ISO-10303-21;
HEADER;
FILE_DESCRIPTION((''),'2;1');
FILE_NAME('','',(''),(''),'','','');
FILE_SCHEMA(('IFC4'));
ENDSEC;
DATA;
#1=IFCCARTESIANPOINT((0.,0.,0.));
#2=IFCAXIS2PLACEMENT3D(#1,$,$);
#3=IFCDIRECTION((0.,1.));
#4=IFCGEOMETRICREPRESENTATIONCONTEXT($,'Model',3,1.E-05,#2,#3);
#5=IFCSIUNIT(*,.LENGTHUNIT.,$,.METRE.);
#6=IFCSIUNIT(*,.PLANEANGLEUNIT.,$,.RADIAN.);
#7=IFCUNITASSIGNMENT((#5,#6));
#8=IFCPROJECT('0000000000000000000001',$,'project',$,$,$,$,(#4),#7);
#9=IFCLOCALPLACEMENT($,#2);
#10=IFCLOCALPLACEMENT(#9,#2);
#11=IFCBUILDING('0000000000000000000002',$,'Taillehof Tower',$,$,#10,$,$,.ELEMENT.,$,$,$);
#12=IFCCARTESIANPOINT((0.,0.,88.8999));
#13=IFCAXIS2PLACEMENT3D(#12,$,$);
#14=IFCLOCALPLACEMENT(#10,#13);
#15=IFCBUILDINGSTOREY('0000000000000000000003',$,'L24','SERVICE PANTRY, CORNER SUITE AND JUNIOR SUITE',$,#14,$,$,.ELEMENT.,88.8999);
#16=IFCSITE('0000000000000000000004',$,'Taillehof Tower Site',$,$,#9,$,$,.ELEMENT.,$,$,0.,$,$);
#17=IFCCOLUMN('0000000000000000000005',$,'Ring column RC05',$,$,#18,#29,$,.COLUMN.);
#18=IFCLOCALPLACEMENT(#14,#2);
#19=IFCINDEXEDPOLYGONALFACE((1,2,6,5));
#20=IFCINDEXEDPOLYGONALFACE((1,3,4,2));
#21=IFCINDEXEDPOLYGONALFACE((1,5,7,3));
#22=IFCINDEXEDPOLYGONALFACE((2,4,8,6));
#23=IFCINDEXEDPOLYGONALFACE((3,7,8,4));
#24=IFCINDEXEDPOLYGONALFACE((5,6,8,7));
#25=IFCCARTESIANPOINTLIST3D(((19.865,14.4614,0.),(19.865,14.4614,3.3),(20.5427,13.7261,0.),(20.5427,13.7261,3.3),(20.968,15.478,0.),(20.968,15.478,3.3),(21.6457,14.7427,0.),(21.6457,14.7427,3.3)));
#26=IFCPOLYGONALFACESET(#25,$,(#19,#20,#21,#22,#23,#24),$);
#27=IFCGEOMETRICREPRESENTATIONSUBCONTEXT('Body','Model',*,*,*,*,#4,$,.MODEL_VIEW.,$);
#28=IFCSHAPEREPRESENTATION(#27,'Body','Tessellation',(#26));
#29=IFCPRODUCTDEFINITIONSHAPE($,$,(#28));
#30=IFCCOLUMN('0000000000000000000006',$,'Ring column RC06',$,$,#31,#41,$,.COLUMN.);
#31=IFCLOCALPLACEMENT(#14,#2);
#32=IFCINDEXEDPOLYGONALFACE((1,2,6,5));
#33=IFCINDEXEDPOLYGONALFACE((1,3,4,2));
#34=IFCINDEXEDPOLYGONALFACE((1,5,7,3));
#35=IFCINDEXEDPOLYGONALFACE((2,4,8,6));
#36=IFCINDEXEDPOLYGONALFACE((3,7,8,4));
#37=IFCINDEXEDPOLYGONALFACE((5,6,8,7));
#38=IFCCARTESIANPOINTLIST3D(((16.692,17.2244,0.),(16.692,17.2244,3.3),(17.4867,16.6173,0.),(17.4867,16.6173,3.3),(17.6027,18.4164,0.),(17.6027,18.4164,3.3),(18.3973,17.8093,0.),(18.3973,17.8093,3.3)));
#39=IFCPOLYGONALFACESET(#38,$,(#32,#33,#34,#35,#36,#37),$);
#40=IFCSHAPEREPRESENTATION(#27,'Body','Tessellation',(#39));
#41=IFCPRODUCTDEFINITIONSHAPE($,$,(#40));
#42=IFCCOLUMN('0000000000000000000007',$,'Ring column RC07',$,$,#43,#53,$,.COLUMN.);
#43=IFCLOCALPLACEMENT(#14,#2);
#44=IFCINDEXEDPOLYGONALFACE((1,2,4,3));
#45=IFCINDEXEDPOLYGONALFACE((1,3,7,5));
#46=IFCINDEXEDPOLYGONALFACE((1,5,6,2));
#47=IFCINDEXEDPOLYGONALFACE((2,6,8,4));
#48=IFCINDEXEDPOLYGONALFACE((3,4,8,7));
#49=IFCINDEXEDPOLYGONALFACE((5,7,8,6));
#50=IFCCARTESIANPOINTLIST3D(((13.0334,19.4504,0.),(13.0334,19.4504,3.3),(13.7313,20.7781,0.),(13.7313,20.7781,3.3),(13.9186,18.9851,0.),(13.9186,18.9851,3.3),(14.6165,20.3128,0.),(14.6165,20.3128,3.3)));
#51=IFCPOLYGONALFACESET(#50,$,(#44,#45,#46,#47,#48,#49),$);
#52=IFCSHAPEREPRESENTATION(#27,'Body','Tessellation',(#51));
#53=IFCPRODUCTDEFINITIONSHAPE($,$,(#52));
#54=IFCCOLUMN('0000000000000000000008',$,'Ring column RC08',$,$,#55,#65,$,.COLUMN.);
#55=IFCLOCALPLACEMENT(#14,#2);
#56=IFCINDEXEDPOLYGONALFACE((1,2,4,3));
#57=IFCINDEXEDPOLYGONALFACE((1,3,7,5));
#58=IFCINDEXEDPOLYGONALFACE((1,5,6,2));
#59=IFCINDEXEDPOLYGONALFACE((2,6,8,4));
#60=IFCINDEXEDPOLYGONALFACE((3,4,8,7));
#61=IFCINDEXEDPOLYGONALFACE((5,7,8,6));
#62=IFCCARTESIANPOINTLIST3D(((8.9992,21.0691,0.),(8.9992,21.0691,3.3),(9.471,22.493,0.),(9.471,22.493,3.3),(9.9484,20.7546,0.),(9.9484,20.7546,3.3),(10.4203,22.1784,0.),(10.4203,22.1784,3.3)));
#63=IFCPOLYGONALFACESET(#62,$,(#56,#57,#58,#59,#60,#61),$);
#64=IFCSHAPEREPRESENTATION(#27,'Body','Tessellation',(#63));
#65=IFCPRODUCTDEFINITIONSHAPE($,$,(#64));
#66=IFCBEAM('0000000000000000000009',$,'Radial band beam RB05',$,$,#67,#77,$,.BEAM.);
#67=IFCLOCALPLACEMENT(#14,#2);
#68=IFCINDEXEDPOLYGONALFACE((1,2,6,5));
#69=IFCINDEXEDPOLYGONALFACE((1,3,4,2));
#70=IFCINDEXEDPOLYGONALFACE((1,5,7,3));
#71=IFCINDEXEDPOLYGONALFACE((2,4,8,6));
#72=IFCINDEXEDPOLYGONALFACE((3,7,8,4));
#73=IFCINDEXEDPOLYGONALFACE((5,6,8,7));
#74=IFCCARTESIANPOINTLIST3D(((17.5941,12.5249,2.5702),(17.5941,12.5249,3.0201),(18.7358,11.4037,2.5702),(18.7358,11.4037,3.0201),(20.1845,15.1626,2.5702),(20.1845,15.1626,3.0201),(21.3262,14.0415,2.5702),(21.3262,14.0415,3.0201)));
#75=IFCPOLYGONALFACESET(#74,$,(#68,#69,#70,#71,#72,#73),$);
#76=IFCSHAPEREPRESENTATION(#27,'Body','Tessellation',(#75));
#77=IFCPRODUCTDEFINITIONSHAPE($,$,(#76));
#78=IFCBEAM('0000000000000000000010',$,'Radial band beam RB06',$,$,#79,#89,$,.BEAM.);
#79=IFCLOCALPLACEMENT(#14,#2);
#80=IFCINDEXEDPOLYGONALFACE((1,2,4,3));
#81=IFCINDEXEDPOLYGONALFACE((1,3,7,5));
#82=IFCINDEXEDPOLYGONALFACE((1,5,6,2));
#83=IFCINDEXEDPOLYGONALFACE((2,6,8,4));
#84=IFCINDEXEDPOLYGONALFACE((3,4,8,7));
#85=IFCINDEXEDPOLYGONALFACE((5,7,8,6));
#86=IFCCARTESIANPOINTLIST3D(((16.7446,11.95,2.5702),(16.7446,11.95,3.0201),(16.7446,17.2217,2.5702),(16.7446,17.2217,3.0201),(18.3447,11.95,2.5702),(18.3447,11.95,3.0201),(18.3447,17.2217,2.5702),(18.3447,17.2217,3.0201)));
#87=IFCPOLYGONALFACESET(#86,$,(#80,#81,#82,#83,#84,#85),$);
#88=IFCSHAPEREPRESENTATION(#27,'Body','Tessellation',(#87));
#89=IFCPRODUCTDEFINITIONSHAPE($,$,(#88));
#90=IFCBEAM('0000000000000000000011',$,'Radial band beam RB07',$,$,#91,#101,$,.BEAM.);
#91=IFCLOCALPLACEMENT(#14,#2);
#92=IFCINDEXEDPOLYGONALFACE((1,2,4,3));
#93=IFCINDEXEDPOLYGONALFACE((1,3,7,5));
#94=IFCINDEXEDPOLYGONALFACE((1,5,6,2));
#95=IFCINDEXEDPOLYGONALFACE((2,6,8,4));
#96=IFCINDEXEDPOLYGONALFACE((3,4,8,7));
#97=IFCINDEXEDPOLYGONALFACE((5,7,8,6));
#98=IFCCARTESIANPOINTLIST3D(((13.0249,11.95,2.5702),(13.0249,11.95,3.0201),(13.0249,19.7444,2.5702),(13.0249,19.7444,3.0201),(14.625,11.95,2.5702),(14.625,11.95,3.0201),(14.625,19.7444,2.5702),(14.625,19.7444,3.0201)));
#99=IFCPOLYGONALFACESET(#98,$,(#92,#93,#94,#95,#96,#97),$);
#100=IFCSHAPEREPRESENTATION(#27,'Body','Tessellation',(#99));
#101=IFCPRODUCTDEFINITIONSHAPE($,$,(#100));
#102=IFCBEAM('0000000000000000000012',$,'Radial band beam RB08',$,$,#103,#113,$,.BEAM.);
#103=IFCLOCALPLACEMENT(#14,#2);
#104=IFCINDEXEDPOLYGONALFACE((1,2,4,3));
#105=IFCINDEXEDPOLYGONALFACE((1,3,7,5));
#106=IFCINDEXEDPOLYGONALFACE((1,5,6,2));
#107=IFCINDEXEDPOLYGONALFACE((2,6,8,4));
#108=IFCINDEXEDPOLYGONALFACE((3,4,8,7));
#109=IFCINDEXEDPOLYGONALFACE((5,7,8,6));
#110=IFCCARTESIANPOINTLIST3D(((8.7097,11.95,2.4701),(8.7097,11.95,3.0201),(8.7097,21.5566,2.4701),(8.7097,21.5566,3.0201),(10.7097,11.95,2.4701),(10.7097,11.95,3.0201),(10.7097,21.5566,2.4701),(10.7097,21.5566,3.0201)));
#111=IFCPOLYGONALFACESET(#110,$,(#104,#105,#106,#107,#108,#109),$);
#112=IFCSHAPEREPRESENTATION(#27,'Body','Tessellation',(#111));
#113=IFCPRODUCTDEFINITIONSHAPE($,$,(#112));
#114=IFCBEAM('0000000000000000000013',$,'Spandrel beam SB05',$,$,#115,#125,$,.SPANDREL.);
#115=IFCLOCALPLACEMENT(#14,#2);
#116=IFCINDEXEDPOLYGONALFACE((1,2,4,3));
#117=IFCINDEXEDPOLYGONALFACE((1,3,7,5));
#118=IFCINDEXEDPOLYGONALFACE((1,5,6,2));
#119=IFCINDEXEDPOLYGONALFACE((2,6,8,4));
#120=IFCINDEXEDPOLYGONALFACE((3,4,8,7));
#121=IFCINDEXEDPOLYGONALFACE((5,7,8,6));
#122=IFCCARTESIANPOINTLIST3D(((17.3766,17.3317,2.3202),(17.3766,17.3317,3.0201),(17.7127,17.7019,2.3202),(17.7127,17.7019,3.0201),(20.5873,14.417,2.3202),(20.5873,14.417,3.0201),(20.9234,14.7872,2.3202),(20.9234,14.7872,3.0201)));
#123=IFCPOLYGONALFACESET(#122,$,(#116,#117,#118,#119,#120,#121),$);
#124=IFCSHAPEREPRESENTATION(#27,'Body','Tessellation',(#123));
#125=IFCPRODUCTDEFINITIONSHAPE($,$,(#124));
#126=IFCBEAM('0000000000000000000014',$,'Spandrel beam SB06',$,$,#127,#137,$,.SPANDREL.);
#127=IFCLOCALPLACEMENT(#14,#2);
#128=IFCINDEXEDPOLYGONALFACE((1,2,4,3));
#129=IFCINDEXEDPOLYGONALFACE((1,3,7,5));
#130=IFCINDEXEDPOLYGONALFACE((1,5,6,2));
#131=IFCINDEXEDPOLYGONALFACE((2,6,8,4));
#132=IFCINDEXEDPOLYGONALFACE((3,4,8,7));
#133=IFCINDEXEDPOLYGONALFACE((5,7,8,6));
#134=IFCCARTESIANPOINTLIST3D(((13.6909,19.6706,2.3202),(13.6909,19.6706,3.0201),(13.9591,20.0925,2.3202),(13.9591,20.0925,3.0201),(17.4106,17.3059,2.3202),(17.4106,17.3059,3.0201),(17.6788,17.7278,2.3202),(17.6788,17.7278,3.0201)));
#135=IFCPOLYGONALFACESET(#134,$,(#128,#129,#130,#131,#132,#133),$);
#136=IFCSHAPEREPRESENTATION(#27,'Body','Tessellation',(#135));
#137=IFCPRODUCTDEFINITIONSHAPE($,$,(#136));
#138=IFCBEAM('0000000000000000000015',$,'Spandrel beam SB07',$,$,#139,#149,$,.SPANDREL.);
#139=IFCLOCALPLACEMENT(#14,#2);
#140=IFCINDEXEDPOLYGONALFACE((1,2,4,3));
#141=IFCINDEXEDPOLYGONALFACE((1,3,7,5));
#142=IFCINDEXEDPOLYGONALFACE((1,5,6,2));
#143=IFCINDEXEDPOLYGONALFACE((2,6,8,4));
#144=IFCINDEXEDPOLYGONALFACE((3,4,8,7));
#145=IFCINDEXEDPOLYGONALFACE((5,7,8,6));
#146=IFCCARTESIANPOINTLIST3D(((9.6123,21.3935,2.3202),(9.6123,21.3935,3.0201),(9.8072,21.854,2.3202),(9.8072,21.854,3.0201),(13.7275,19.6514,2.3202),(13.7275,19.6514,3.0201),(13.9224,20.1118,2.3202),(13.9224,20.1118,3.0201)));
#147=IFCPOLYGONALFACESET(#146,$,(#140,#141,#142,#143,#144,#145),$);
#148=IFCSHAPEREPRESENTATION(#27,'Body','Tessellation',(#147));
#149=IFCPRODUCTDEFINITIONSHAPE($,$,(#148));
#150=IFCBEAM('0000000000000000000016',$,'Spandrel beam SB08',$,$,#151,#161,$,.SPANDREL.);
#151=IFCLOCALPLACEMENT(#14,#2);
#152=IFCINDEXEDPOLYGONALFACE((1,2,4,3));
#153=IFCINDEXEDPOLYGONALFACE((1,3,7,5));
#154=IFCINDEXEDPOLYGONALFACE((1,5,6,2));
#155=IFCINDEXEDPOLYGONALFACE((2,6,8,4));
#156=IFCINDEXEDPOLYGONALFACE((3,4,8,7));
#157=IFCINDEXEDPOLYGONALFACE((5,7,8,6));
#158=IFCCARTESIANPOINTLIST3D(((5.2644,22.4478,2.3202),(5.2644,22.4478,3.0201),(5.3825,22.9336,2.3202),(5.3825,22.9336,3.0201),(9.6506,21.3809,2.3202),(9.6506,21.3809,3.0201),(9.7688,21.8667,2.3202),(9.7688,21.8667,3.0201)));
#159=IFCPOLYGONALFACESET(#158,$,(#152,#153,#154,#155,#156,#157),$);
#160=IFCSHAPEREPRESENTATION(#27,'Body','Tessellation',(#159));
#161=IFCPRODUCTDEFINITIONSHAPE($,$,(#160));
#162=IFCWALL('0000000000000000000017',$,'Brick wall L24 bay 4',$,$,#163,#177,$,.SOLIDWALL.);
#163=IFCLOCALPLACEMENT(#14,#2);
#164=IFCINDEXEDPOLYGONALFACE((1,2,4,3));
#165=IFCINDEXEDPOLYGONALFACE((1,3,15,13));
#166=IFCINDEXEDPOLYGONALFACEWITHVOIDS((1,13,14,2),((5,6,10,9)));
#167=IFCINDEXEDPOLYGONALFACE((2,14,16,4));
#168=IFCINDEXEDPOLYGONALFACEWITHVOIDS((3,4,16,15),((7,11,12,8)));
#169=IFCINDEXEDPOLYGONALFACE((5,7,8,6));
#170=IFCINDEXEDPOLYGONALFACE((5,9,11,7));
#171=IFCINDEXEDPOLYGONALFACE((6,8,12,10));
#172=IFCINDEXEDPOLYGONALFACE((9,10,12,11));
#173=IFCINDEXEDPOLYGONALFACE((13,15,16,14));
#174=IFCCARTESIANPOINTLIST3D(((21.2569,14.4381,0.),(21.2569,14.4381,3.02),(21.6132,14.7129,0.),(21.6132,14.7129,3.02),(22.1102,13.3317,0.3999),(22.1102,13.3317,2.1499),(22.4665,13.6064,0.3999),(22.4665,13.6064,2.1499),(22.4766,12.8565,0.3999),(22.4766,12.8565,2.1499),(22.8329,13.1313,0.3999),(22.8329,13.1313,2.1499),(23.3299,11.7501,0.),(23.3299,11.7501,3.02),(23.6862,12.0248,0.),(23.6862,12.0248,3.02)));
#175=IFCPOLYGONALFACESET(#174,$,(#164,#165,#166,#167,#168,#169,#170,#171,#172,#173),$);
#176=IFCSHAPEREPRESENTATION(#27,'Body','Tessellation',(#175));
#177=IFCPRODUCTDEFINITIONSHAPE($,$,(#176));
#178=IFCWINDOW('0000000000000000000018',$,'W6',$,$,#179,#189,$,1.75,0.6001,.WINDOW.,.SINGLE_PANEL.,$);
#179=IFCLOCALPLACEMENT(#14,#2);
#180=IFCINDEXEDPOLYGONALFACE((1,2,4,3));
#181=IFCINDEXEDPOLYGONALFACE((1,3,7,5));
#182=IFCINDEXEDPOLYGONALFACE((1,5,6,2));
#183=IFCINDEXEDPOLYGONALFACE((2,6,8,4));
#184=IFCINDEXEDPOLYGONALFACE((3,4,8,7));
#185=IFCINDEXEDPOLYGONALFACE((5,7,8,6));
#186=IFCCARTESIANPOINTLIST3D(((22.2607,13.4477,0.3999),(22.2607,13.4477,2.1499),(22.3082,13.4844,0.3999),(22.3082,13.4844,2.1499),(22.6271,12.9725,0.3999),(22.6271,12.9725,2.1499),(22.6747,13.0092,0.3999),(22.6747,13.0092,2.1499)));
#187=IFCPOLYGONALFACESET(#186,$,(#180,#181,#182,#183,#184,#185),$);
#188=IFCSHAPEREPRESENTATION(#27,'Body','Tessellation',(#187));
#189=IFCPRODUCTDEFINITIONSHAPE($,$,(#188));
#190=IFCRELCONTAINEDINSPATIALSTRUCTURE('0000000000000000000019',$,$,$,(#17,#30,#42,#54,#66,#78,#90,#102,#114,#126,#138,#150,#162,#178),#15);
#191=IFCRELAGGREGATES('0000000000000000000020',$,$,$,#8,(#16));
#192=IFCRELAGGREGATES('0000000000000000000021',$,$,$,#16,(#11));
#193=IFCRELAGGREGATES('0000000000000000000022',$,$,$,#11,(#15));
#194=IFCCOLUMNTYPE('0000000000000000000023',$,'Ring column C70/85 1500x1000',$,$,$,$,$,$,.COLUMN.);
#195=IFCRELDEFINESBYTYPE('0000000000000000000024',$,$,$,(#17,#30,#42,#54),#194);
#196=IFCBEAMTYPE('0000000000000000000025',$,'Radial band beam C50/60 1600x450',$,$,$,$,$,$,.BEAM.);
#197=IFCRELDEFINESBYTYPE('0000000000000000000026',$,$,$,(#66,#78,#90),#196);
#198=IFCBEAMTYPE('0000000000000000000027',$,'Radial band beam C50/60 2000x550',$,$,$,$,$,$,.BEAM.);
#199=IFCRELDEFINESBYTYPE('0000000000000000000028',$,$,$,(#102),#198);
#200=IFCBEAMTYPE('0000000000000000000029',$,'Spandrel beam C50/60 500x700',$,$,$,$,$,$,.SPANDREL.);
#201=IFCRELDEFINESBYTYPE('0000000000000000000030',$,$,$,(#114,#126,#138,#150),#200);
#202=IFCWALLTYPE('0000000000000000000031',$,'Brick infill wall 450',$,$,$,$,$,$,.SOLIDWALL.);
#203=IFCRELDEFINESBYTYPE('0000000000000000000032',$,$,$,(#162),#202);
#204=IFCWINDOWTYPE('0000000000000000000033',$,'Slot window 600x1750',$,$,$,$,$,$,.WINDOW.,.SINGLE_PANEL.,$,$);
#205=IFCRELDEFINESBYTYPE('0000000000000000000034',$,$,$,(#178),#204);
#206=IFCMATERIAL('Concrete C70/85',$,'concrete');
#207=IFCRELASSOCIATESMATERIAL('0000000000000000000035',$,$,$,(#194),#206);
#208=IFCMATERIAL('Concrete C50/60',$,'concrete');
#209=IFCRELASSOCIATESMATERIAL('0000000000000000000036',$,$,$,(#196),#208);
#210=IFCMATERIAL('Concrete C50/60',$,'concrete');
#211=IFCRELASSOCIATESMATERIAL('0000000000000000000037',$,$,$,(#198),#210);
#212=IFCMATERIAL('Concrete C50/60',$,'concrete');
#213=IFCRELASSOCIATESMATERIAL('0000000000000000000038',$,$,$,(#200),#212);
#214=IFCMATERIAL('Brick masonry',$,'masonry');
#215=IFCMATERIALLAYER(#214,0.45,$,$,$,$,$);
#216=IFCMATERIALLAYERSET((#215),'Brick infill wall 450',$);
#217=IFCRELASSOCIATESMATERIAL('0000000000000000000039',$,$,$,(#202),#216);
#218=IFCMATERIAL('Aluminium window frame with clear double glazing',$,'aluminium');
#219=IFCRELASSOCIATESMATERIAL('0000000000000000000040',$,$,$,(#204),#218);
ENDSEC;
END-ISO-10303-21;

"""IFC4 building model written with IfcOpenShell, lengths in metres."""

from ifc_helpers import new_model, si_unit, direction, frame, frame_2d, origin, origin_2d, place, context, subcontext, project, spatial, rectangle, extrude, material, layer, layer_set, material_profile, profile_set, type_object, element, fill, save


model = new_model("IFC4")

# Units and contexts
model_context = context("Model", 3, precision=1e-05, world=origin(), true_north=direction((0.0, 1.0)))
body_context = subcontext(model_context, "Body", "Model", "MODEL_VIEW")
ifc_project = project(units=[si_unit("LENGTHUNIT", "METRE"), si_unit("PLANEANGLEUNIT", "RADIAN")], contexts=[model_context])

# Site, building, storey
site_placement = place(None, origin())
site = spatial("IfcSite", under=ifc_project, at=site_placement, Name="Taillehof Tower Site", CompositionType="ELEMENT", RefElevation=0.0)
building_placement = place(site_placement, origin())
building = spatial("IfcBuilding", under=site, at=building_placement, Name="Taillehof Tower", CompositionType="ELEMENT")
storey_placement = place(building_placement, frame((0.0, 0.0, 88.8999)))
storey = spatial("IfcBuildingStorey", under=building, at=storey_placement, Name="L24", Description="SERVICE PANTRY, CORNER SUITE AND JUNIOR SUITE", CompositionType="ELEMENT", Elevation=88.8999)

# Columns
ifc_material_1 = material(Name="Concrete C70/85", Category="concrete")
ifc_material_profile_1 = material_profile(ifc_material_1, rectangle(XDim=1.5, YDim=1.0, at=origin_2d()), Name="RC 1500x1000")
ifc_profile_set_1 = profile_set([ifc_material_profile_1], Name="Concrete C70/85")
column_type = type_object("IfcColumnType", Name="Ring column C70/85 1500x1000", PredefinedType="COLUMN", material=ifc_profile_set_1)
for number, where, z_axis, x_axis, name in (
    (1, (20.7554, 14.6021, 0.0), (0.0, 0.0, 1.0), (0.735332, 0.677707, 0.0), "Ring column RC05"),
    (2, (17.5447, 17.5168, 0.0), (0.0, 0.0, 1.0), (0.607074, 0.794645, 0.0), "Ring column RC06"),
    (3, (13.825, 19.8816, 0.0), (0.0, 0.0, 1.0), (0.465283, 0.885162, 0.0), "Ring column RC07"),
    (4, (9.7097, 21.6238, 0.0), (0.0, 0.0, 1.0), (0.314555, 0.949239, 0.0), "Ring column RC08"),
):
    element("IfcColumn", number, at=place(storey_placement, frame(where, z_axis=z_axis, x_axis=x_axis)), inside=storey, type_object=column_type, Name=name, PredefinedType="COLUMN", context=body_context, shape_type="SweptSolid", body=[
        extrude(rectangle(XDim=1.5, YDim=1.0, at=origin_2d()), origin(), (0.0, 0.0, 1.0), 3.3),
    ])

# Beams
ifc_material_2 = material(Name="Concrete C50/60", Category="concrete")
ifc_material_profile_2 = material_profile(ifc_material_2, rectangle(XDim=1.6001, YDim=0.45, at=origin_2d()), Name="RC 1600x450")
ifc_profile_set_2 = profile_set([ifc_material_profile_2], Name="Concrete C50/60")
beam_type_1 = type_object("IfcBeamType", Name="Radial band beam C50/60 1600x450", PredefinedType="BEAM", material=ifc_profile_set_2)
beam_1_placement = place(storey_placement, frame((20.7554, 14.6021, 2.7952), z_axis=(-0.700672, -0.713484, 0.0), x_axis=(0.713484, -0.700672, 0.0)))
element("IfcBeam", 5, at=beam_1_placement, inside=storey, type_object=beam_type_1, Name="Radial band beam RB05", PredefinedType="BEAM", context=body_context, shape_type="SweptSolid", body=[
    extrude(rectangle(XDim=1.6001, YDim=0.45, at=origin_2d()), origin(), (0.0, 0.0, 1.0), 3.697),
])
beam_2_placement = place(storey_placement, frame((17.5447, 17.2217, 2.7952), z_axis=(0.0, -1.0, 0.0), x_axis=(1.0, 0.0, 0.0)))
element("IfcBeam", 6, at=beam_2_placement, inside=storey, type_object=beam_type_1, Name="Radial band beam RB06", PredefinedType="BEAM", context=body_context, shape_type="SweptSolid", body=[
    extrude(rectangle(XDim=1.6001, YDim=0.45, at=origin_2d()), origin(), (0.0, 0.0, 1.0), 5.2717),
])
beam_3_placement = place(storey_placement, frame((13.825, 19.7444, 2.7952), z_axis=(0.0, -1.0, 0.0), x_axis=(1.0, 0.0, 0.0)))
element("IfcBeam", 7, at=beam_3_placement, inside=storey, type_object=beam_type_1, Name="Radial band beam RB07", PredefinedType="BEAM", context=body_context, shape_type="SweptSolid", body=[
    extrude(rectangle(XDim=1.6001, YDim=0.45, at=origin_2d()), origin(), (0.0, 0.0, 1.0), 7.7944),
])
ifc_material_3 = material(Name="Concrete C50/60", Category="concrete")
ifc_material_profile_3 = material_profile(ifc_material_3, rectangle(XDim=2.0, YDim=0.55, at=origin_2d()), Name="RC 2000x550")
ifc_profile_set_3 = profile_set([ifc_material_profile_3], Name="Concrete C50/60")
beam_type_2 = type_object("IfcBeamType", Name="Radial band beam C50/60 2000x550", PredefinedType="BEAM", material=ifc_profile_set_3)
beam_4_placement = place(storey_placement, frame((9.7097, 21.5566, 2.7451), z_axis=(0.0, -1.0, 0.0), x_axis=(1.0, 0.0, 0.0)))
element("IfcBeam", 8, at=beam_4_placement, inside=storey, type_object=beam_type_2, Name="Radial band beam RB08", PredefinedType="BEAM", context=body_context, shape_type="SweptSolid", body=[
    extrude(rectangle(XDim=2.0, YDim=0.55, at=origin_2d()), origin(), (0.0, 0.0, 1.0), 9.6067),
])
ifc_material_4 = material(Name="Concrete C50/60", Category="concrete")
ifc_material_profile_4 = material_profile(ifc_material_4, rectangle(XDim=0.5, YDim=0.7, at=origin_2d()), Name="RC 500x700")
ifc_profile_set_4 = profile_set([ifc_material_profile_4], Name="Concrete C50/60")
beam_type_3 = type_object("IfcBeamType", Name="Spandrel beam C50/60 500x700", PredefinedType="SPANDREL", material=ifc_profile_set_4)
beam_5_placement = place(storey_placement, frame((20.7554, 14.6021, 2.6702), z_axis=(-0.740401, 0.672165, 0.0), x_axis=(-0.672165, -0.740401, 0.0)))
element("IfcBeam", 9, at=beam_5_placement, inside=storey, type_object=beam_type_3, Name="Spandrel beam SB05", PredefinedType="SPANDREL", context=body_context, shape_type="SweptSolid", body=[
    extrude(rectangle(XDim=0.5, YDim=0.7, at=origin_2d()), origin(), (0.0, 0.0, 1.0), 4.3364),
])
beam_6_placement = place(storey_placement, frame((17.5447, 17.5168, 2.6702), z_axis=(-0.843903, 0.536496, 0.0), x_axis=(-0.536496, -0.843903, 0.0)))
element("IfcBeam", 10, at=beam_6_placement, inside=storey, type_object=beam_type_3, Name="Spandrel beam SB06", PredefinedType="SPANDREL", context=body_context, shape_type="SweptSolid", body=[
    extrude(rectangle(XDim=0.5, YDim=0.7, at=origin_2d()), origin(), (0.0, 0.0, 1.0), 4.4077),
])
beam_7_placement = place(storey_placement, frame((13.825, 19.8816, 2.6702), z_axis=(-0.920877, 0.389854, 0.0), x_axis=(-0.389854, -0.920877, 0.0)))
element("IfcBeam", 11, at=beam_7_placement, inside=storey, type_object=beam_type_3, Name="Spandrel beam SB07", PredefinedType="SPANDREL", context=body_context, shape_type="SweptSolid", body=[
    extrude(rectangle(XDim=0.5, YDim=0.7, at=origin_2d()), origin(), (0.0, 0.0, 1.0), 4.4688),
])
beam_8_placement = place(storey_placement, frame((9.7097, 21.6238, 2.6702), z_axis=(-0.971669, 0.236346, 0.0), x_axis=(-0.236346, -0.971669, 0.0)))
element("IfcBeam", 12, at=beam_8_placement, inside=storey, type_object=beam_type_3, Name="Spandrel beam SB08", PredefinedType="SPANDREL", context=body_context, shape_type="SweptSolid", body=[
    extrude(rectangle(XDim=0.5, YDim=0.7, at=origin_2d()), origin(), (0.0, 0.0, 1.0), 4.5142),
])

# Wall, opening, window
ifc_material_5 = material(Name="Brick masonry", Category="masonry")
ifc_layer_1 = layer(ifc_material_5, 0.45)
ifc_layer_set_1 = layer_set([ifc_layer_1], Name="Brick infill wall 450")
wall_type_1 = type_object("IfcWallType", Name="Brick infill wall 450", PredefinedType="SOLIDWALL", material=ifc_layer_set_1)
wall_1_placement = place(storey_placement, frame((23.5081, 11.8875, 0.0), z_axis=(0.0, 0.0, 1.0), x_axis=(-0.610694, 0.791867, 0.0)))
wall_1 = element("IfcWall", 13, at=wall_1_placement, inside=storey, type_object=wall_type_1, Name="Brick wall L24 bay 4", PredefinedType="SOLIDWALL", context=body_context, shape_type="SweptSolid", body=[
    extrude(rectangle(XDim=3.3945, YDim=0.45, at=frame_2d((1.6973, 0.0))), origin(), (0.0, 0.0, 1.0), 3.02),
])
opening_1_placement = place(wall_1_placement, frame((1.3972, 0.0, 0.3999)))
opening_1 = element("IfcOpeningElement", 14, at=opening_1_placement, cuts=wall_1, PredefinedType="OPENING", context=body_context, shape_type="SweptSolid", body=[
    extrude(rectangle(XDim=0.6001, YDim=1.75, at=frame_2d((0.3, 0.875))), frame((0.0, 0.2349, 0.0), z_axis=(0.0, -1.0, 0.0), x_axis=(1.0, 0.0, 0.0)), (0.0, 0.0, 1.0), 0.47),
])
ifc_material_6 = material(Name="Aluminium window frame with clear double glazing", Category="aluminium")
window_type_1 = type_object("IfcWindowType", Name="Slot window 600x1750", PartitioningType="SINGLE_PANEL", PredefinedType="WINDOW", material=ifc_material_6)
window_1_placement = place(opening_1_placement, origin())
window_1 = element("IfcWindow", 15, at=window_1_placement, inside=storey, type_object=window_type_1, Name="W6", OverallHeight=1.75, OverallWidth=0.6001, PartitioningType="SINGLE_PANEL", PredefinedType="WINDOW", context=body_context, shape_type="SweptSolid", body=[
    extrude(rectangle(XDim=0.6001, YDim=1.75, at=frame_2d((0.3, 0.875))), frame((0.0, 0.0349, 0.0), z_axis=(0.0, -1.0, 0.0), x_axis=(1.0, 0.0, 0.0)), (0.0, 0.0, 1.0), 0.0601),
])
fill(opening_1, window_1)

save(model, "model.ifc")
